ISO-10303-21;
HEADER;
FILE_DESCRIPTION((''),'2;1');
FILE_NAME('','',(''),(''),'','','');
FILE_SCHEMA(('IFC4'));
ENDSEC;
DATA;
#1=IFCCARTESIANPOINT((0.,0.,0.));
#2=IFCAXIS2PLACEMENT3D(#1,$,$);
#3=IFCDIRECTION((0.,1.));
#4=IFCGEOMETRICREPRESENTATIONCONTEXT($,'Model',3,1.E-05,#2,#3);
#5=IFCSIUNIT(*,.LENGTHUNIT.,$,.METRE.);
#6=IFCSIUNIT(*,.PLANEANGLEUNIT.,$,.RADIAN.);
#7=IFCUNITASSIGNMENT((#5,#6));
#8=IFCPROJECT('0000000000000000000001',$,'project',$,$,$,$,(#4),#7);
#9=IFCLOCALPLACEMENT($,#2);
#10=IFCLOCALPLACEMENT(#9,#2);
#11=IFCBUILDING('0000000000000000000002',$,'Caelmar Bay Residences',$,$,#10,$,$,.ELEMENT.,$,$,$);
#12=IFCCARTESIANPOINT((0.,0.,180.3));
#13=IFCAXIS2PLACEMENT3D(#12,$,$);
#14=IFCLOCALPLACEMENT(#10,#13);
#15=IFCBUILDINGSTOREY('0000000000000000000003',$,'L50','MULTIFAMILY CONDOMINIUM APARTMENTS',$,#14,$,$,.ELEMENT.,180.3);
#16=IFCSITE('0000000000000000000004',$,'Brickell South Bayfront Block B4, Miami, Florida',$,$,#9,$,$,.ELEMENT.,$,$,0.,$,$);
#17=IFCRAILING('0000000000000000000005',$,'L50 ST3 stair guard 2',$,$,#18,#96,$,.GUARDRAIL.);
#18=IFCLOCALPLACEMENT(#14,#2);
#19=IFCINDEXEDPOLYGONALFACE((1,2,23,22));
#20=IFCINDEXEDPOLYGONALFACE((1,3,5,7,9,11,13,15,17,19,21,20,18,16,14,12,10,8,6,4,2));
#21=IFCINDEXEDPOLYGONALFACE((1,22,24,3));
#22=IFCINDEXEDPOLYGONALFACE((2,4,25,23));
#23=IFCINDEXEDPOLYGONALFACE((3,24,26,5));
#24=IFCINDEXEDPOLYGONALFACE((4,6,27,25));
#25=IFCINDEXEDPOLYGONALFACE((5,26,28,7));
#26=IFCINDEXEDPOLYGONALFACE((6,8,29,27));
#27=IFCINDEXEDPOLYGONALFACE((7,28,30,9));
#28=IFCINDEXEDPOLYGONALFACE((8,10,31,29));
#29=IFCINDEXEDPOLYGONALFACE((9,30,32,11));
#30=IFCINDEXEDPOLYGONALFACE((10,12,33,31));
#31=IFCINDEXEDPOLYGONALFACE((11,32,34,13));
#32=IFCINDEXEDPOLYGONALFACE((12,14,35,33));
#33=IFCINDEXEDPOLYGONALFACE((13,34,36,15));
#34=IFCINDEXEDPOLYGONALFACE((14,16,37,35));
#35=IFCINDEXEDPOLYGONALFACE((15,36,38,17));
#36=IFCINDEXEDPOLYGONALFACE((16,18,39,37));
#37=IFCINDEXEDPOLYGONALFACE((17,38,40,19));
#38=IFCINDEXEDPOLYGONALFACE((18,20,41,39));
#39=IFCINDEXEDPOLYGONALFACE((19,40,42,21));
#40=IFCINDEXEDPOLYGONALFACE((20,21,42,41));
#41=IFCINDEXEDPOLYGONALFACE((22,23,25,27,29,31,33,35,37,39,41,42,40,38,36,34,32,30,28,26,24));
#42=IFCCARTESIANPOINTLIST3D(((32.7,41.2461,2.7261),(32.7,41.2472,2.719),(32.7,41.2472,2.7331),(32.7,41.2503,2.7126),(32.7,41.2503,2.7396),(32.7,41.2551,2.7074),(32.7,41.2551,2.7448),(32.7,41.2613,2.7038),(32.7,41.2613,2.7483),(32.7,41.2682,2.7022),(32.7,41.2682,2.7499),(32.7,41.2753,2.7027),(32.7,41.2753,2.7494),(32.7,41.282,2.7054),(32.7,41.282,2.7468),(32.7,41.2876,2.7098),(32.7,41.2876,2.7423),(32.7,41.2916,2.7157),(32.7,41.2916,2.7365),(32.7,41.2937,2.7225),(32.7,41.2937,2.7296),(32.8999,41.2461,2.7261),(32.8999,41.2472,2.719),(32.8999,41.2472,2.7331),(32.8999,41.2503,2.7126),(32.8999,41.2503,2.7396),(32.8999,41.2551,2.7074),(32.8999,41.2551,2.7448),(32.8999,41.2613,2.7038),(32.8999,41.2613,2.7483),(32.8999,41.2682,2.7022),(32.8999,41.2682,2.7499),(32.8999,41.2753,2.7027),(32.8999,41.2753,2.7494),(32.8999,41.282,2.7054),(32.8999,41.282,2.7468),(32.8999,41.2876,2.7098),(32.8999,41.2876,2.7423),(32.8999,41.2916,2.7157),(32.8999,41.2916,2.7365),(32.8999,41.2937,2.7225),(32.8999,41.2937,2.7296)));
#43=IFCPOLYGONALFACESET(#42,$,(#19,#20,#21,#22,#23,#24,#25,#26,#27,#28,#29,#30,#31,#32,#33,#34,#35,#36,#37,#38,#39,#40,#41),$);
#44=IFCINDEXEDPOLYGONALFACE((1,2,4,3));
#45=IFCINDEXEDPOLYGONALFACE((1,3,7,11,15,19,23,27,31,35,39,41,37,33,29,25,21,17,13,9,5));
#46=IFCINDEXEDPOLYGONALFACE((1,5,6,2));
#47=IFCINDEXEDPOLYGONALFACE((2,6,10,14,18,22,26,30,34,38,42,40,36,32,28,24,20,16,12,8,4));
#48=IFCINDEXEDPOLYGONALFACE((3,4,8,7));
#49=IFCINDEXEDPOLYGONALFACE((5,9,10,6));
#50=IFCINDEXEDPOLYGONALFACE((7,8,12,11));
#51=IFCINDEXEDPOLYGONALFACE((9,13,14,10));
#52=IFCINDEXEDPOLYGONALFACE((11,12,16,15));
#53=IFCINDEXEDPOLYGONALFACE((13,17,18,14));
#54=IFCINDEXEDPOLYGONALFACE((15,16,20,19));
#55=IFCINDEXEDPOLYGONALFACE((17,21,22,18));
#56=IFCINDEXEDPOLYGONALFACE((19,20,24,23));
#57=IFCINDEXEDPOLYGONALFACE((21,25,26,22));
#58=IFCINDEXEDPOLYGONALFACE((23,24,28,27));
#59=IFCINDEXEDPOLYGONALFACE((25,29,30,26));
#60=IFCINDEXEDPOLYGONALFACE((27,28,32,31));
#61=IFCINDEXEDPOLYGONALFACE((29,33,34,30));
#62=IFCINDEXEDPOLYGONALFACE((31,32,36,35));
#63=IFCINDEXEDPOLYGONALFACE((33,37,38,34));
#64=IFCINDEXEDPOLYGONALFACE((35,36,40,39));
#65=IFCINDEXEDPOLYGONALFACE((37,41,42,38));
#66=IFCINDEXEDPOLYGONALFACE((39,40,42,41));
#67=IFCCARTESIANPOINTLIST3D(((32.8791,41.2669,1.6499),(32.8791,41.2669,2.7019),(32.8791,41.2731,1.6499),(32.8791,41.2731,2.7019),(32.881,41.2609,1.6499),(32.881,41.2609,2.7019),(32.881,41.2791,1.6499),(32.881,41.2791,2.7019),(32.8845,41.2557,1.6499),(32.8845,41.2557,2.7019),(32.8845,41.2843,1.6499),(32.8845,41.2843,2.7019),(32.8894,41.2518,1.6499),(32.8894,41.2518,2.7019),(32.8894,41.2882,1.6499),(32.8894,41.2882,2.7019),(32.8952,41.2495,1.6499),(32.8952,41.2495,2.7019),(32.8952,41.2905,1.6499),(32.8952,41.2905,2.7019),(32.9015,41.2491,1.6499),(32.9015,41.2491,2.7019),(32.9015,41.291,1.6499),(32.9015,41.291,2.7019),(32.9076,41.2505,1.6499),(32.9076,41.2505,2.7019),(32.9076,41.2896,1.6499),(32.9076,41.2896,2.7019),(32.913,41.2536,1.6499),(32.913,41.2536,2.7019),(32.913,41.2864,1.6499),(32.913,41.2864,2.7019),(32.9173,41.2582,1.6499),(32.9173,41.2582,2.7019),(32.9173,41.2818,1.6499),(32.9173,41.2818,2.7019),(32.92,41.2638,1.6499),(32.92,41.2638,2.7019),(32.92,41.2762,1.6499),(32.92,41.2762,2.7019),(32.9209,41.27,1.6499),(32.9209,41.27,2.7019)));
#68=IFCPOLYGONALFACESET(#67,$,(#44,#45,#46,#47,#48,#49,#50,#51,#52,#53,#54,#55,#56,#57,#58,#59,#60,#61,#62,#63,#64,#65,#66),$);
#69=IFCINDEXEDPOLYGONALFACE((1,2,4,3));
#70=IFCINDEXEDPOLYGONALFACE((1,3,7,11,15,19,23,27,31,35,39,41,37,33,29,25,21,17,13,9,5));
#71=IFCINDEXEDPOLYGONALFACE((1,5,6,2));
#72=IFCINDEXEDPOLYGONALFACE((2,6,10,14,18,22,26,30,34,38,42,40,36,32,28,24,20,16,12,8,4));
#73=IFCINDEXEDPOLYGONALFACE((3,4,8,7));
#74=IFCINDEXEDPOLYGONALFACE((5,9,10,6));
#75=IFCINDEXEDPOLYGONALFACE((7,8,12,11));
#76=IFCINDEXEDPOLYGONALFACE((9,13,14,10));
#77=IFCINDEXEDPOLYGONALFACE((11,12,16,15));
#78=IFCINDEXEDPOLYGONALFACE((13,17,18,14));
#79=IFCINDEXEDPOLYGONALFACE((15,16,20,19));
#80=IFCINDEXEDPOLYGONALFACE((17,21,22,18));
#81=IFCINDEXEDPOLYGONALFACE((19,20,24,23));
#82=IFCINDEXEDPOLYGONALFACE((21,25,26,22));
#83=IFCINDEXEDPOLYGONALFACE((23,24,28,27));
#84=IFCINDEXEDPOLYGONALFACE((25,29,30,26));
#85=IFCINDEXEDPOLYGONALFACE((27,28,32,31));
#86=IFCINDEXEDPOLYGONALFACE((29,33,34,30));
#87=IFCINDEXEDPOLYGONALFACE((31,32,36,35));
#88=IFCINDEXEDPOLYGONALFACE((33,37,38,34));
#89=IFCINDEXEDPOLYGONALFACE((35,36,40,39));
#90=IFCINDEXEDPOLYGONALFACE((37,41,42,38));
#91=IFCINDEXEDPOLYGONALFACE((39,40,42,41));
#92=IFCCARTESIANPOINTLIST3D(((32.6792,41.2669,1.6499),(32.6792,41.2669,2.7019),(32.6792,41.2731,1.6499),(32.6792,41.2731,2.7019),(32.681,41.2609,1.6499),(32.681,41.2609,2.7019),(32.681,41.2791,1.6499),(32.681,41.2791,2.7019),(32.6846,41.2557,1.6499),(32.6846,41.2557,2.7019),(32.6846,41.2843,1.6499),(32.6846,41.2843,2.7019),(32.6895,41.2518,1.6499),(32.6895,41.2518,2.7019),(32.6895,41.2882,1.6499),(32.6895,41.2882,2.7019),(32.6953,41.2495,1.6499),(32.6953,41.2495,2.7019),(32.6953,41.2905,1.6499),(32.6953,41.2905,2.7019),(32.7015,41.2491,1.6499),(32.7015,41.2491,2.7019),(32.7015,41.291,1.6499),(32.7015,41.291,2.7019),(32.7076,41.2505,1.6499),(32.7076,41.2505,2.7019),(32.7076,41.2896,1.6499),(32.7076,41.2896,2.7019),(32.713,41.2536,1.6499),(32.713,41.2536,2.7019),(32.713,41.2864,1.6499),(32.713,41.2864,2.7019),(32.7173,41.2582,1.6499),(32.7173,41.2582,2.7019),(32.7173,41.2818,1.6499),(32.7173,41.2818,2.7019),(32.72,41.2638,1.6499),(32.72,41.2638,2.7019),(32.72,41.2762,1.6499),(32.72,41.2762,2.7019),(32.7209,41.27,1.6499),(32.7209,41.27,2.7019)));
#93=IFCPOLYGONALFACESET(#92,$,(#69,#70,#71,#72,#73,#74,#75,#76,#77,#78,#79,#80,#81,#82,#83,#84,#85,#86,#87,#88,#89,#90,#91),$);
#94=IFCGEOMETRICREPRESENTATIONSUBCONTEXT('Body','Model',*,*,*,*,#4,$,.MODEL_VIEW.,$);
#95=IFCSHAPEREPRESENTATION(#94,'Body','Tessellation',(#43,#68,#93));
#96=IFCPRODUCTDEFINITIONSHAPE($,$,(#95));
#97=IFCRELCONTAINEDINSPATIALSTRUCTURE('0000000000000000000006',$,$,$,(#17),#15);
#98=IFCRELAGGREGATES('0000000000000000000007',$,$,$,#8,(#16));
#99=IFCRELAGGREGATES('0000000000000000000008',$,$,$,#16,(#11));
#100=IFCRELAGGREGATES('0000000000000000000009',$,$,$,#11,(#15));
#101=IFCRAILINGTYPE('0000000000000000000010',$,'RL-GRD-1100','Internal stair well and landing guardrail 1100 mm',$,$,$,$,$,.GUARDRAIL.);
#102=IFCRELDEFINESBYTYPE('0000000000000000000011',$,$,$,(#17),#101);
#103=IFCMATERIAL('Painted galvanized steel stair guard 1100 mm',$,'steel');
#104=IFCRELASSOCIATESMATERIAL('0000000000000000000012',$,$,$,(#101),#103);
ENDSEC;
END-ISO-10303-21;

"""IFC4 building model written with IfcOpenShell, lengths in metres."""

from ifc_helpers import new_model, si_unit, direction, frame, origin, origin_2d, place, context, subcontext, project, spatial, circle, extrude, material, type_object, element, save


model = new_model("IFC4")

# Units and contexts
model_context = context("Model", 3, precision=1e-05, world=origin(), true_north=direction((0.0, 1.0)))
body_context = subcontext(model_context, "Body", "Model", "MODEL_VIEW")
ifc_project = project(units=[si_unit("LENGTHUNIT", "METRE"), si_unit("PLANEANGLEUNIT", "RADIAN")], contexts=[model_context])

# Site, building, storey
site_placement = place(None, origin())
site = spatial("IfcSite", under=ifc_project, at=site_placement, Name="Brickell South Bayfront Block B4, Miami, Florida", CompositionType="ELEMENT", RefElevation=0.0)
building_placement = place(site_placement, origin())
building = spatial("IfcBuilding", under=site, at=building_placement, Name="Caelmar Bay Residences", CompositionType="ELEMENT")
storey_placement = place(building_placement, frame((0.0, 0.0, 180.3)))
storey = spatial("IfcBuildingStorey", under=building, at=storey_placement, Name="L50", Description="MULTIFAMILY CONDOMINIUM APARTMENTS", CompositionType="ELEMENT", Elevation=180.3)

# Railing
ifc_material_1 = material(Name="Painted galvanized steel stair guard 1100 mm", Category="steel")
railing_type_1 = type_object("IfcRailingType", Name="RL-GRD-1100", Description="Internal stair well and landing guardrail 1100 mm", PredefinedType="GUARDRAIL", material=ifc_material_1)
railing_1_placement = place(storey_placement, frame((32.8999, 41.27, 1.6499)))
element("IfcRailing", 1, at=railing_1_placement, inside=storey, type_object=railing_type_1, Name="L50 ST3 stair guard 2", PredefinedType="GUARDRAIL", context=body_context, shape_type="SweptSolid", body=[
    extrude(circle(Radius=0.0239, at=origin_2d()), frame((0.0, 0.0, 1.0762), z_axis=(-1.0, 0.0, 0.0), x_axis=(0.0, -1.0, 0.0)), (0.0, 0.0, 1.0), 0.2),
    extrude(circle(Radius=0.021, at=origin_2d()), origin(), (0.0, 0.0, 1.0), 1.052),
    extrude(circle(Radius=0.021, at=origin_2d()), frame((-0.2, 0.0, 0.0)), (0.0, 0.0, 1.0), 1.052),
])

save(model, "model.ifc")
